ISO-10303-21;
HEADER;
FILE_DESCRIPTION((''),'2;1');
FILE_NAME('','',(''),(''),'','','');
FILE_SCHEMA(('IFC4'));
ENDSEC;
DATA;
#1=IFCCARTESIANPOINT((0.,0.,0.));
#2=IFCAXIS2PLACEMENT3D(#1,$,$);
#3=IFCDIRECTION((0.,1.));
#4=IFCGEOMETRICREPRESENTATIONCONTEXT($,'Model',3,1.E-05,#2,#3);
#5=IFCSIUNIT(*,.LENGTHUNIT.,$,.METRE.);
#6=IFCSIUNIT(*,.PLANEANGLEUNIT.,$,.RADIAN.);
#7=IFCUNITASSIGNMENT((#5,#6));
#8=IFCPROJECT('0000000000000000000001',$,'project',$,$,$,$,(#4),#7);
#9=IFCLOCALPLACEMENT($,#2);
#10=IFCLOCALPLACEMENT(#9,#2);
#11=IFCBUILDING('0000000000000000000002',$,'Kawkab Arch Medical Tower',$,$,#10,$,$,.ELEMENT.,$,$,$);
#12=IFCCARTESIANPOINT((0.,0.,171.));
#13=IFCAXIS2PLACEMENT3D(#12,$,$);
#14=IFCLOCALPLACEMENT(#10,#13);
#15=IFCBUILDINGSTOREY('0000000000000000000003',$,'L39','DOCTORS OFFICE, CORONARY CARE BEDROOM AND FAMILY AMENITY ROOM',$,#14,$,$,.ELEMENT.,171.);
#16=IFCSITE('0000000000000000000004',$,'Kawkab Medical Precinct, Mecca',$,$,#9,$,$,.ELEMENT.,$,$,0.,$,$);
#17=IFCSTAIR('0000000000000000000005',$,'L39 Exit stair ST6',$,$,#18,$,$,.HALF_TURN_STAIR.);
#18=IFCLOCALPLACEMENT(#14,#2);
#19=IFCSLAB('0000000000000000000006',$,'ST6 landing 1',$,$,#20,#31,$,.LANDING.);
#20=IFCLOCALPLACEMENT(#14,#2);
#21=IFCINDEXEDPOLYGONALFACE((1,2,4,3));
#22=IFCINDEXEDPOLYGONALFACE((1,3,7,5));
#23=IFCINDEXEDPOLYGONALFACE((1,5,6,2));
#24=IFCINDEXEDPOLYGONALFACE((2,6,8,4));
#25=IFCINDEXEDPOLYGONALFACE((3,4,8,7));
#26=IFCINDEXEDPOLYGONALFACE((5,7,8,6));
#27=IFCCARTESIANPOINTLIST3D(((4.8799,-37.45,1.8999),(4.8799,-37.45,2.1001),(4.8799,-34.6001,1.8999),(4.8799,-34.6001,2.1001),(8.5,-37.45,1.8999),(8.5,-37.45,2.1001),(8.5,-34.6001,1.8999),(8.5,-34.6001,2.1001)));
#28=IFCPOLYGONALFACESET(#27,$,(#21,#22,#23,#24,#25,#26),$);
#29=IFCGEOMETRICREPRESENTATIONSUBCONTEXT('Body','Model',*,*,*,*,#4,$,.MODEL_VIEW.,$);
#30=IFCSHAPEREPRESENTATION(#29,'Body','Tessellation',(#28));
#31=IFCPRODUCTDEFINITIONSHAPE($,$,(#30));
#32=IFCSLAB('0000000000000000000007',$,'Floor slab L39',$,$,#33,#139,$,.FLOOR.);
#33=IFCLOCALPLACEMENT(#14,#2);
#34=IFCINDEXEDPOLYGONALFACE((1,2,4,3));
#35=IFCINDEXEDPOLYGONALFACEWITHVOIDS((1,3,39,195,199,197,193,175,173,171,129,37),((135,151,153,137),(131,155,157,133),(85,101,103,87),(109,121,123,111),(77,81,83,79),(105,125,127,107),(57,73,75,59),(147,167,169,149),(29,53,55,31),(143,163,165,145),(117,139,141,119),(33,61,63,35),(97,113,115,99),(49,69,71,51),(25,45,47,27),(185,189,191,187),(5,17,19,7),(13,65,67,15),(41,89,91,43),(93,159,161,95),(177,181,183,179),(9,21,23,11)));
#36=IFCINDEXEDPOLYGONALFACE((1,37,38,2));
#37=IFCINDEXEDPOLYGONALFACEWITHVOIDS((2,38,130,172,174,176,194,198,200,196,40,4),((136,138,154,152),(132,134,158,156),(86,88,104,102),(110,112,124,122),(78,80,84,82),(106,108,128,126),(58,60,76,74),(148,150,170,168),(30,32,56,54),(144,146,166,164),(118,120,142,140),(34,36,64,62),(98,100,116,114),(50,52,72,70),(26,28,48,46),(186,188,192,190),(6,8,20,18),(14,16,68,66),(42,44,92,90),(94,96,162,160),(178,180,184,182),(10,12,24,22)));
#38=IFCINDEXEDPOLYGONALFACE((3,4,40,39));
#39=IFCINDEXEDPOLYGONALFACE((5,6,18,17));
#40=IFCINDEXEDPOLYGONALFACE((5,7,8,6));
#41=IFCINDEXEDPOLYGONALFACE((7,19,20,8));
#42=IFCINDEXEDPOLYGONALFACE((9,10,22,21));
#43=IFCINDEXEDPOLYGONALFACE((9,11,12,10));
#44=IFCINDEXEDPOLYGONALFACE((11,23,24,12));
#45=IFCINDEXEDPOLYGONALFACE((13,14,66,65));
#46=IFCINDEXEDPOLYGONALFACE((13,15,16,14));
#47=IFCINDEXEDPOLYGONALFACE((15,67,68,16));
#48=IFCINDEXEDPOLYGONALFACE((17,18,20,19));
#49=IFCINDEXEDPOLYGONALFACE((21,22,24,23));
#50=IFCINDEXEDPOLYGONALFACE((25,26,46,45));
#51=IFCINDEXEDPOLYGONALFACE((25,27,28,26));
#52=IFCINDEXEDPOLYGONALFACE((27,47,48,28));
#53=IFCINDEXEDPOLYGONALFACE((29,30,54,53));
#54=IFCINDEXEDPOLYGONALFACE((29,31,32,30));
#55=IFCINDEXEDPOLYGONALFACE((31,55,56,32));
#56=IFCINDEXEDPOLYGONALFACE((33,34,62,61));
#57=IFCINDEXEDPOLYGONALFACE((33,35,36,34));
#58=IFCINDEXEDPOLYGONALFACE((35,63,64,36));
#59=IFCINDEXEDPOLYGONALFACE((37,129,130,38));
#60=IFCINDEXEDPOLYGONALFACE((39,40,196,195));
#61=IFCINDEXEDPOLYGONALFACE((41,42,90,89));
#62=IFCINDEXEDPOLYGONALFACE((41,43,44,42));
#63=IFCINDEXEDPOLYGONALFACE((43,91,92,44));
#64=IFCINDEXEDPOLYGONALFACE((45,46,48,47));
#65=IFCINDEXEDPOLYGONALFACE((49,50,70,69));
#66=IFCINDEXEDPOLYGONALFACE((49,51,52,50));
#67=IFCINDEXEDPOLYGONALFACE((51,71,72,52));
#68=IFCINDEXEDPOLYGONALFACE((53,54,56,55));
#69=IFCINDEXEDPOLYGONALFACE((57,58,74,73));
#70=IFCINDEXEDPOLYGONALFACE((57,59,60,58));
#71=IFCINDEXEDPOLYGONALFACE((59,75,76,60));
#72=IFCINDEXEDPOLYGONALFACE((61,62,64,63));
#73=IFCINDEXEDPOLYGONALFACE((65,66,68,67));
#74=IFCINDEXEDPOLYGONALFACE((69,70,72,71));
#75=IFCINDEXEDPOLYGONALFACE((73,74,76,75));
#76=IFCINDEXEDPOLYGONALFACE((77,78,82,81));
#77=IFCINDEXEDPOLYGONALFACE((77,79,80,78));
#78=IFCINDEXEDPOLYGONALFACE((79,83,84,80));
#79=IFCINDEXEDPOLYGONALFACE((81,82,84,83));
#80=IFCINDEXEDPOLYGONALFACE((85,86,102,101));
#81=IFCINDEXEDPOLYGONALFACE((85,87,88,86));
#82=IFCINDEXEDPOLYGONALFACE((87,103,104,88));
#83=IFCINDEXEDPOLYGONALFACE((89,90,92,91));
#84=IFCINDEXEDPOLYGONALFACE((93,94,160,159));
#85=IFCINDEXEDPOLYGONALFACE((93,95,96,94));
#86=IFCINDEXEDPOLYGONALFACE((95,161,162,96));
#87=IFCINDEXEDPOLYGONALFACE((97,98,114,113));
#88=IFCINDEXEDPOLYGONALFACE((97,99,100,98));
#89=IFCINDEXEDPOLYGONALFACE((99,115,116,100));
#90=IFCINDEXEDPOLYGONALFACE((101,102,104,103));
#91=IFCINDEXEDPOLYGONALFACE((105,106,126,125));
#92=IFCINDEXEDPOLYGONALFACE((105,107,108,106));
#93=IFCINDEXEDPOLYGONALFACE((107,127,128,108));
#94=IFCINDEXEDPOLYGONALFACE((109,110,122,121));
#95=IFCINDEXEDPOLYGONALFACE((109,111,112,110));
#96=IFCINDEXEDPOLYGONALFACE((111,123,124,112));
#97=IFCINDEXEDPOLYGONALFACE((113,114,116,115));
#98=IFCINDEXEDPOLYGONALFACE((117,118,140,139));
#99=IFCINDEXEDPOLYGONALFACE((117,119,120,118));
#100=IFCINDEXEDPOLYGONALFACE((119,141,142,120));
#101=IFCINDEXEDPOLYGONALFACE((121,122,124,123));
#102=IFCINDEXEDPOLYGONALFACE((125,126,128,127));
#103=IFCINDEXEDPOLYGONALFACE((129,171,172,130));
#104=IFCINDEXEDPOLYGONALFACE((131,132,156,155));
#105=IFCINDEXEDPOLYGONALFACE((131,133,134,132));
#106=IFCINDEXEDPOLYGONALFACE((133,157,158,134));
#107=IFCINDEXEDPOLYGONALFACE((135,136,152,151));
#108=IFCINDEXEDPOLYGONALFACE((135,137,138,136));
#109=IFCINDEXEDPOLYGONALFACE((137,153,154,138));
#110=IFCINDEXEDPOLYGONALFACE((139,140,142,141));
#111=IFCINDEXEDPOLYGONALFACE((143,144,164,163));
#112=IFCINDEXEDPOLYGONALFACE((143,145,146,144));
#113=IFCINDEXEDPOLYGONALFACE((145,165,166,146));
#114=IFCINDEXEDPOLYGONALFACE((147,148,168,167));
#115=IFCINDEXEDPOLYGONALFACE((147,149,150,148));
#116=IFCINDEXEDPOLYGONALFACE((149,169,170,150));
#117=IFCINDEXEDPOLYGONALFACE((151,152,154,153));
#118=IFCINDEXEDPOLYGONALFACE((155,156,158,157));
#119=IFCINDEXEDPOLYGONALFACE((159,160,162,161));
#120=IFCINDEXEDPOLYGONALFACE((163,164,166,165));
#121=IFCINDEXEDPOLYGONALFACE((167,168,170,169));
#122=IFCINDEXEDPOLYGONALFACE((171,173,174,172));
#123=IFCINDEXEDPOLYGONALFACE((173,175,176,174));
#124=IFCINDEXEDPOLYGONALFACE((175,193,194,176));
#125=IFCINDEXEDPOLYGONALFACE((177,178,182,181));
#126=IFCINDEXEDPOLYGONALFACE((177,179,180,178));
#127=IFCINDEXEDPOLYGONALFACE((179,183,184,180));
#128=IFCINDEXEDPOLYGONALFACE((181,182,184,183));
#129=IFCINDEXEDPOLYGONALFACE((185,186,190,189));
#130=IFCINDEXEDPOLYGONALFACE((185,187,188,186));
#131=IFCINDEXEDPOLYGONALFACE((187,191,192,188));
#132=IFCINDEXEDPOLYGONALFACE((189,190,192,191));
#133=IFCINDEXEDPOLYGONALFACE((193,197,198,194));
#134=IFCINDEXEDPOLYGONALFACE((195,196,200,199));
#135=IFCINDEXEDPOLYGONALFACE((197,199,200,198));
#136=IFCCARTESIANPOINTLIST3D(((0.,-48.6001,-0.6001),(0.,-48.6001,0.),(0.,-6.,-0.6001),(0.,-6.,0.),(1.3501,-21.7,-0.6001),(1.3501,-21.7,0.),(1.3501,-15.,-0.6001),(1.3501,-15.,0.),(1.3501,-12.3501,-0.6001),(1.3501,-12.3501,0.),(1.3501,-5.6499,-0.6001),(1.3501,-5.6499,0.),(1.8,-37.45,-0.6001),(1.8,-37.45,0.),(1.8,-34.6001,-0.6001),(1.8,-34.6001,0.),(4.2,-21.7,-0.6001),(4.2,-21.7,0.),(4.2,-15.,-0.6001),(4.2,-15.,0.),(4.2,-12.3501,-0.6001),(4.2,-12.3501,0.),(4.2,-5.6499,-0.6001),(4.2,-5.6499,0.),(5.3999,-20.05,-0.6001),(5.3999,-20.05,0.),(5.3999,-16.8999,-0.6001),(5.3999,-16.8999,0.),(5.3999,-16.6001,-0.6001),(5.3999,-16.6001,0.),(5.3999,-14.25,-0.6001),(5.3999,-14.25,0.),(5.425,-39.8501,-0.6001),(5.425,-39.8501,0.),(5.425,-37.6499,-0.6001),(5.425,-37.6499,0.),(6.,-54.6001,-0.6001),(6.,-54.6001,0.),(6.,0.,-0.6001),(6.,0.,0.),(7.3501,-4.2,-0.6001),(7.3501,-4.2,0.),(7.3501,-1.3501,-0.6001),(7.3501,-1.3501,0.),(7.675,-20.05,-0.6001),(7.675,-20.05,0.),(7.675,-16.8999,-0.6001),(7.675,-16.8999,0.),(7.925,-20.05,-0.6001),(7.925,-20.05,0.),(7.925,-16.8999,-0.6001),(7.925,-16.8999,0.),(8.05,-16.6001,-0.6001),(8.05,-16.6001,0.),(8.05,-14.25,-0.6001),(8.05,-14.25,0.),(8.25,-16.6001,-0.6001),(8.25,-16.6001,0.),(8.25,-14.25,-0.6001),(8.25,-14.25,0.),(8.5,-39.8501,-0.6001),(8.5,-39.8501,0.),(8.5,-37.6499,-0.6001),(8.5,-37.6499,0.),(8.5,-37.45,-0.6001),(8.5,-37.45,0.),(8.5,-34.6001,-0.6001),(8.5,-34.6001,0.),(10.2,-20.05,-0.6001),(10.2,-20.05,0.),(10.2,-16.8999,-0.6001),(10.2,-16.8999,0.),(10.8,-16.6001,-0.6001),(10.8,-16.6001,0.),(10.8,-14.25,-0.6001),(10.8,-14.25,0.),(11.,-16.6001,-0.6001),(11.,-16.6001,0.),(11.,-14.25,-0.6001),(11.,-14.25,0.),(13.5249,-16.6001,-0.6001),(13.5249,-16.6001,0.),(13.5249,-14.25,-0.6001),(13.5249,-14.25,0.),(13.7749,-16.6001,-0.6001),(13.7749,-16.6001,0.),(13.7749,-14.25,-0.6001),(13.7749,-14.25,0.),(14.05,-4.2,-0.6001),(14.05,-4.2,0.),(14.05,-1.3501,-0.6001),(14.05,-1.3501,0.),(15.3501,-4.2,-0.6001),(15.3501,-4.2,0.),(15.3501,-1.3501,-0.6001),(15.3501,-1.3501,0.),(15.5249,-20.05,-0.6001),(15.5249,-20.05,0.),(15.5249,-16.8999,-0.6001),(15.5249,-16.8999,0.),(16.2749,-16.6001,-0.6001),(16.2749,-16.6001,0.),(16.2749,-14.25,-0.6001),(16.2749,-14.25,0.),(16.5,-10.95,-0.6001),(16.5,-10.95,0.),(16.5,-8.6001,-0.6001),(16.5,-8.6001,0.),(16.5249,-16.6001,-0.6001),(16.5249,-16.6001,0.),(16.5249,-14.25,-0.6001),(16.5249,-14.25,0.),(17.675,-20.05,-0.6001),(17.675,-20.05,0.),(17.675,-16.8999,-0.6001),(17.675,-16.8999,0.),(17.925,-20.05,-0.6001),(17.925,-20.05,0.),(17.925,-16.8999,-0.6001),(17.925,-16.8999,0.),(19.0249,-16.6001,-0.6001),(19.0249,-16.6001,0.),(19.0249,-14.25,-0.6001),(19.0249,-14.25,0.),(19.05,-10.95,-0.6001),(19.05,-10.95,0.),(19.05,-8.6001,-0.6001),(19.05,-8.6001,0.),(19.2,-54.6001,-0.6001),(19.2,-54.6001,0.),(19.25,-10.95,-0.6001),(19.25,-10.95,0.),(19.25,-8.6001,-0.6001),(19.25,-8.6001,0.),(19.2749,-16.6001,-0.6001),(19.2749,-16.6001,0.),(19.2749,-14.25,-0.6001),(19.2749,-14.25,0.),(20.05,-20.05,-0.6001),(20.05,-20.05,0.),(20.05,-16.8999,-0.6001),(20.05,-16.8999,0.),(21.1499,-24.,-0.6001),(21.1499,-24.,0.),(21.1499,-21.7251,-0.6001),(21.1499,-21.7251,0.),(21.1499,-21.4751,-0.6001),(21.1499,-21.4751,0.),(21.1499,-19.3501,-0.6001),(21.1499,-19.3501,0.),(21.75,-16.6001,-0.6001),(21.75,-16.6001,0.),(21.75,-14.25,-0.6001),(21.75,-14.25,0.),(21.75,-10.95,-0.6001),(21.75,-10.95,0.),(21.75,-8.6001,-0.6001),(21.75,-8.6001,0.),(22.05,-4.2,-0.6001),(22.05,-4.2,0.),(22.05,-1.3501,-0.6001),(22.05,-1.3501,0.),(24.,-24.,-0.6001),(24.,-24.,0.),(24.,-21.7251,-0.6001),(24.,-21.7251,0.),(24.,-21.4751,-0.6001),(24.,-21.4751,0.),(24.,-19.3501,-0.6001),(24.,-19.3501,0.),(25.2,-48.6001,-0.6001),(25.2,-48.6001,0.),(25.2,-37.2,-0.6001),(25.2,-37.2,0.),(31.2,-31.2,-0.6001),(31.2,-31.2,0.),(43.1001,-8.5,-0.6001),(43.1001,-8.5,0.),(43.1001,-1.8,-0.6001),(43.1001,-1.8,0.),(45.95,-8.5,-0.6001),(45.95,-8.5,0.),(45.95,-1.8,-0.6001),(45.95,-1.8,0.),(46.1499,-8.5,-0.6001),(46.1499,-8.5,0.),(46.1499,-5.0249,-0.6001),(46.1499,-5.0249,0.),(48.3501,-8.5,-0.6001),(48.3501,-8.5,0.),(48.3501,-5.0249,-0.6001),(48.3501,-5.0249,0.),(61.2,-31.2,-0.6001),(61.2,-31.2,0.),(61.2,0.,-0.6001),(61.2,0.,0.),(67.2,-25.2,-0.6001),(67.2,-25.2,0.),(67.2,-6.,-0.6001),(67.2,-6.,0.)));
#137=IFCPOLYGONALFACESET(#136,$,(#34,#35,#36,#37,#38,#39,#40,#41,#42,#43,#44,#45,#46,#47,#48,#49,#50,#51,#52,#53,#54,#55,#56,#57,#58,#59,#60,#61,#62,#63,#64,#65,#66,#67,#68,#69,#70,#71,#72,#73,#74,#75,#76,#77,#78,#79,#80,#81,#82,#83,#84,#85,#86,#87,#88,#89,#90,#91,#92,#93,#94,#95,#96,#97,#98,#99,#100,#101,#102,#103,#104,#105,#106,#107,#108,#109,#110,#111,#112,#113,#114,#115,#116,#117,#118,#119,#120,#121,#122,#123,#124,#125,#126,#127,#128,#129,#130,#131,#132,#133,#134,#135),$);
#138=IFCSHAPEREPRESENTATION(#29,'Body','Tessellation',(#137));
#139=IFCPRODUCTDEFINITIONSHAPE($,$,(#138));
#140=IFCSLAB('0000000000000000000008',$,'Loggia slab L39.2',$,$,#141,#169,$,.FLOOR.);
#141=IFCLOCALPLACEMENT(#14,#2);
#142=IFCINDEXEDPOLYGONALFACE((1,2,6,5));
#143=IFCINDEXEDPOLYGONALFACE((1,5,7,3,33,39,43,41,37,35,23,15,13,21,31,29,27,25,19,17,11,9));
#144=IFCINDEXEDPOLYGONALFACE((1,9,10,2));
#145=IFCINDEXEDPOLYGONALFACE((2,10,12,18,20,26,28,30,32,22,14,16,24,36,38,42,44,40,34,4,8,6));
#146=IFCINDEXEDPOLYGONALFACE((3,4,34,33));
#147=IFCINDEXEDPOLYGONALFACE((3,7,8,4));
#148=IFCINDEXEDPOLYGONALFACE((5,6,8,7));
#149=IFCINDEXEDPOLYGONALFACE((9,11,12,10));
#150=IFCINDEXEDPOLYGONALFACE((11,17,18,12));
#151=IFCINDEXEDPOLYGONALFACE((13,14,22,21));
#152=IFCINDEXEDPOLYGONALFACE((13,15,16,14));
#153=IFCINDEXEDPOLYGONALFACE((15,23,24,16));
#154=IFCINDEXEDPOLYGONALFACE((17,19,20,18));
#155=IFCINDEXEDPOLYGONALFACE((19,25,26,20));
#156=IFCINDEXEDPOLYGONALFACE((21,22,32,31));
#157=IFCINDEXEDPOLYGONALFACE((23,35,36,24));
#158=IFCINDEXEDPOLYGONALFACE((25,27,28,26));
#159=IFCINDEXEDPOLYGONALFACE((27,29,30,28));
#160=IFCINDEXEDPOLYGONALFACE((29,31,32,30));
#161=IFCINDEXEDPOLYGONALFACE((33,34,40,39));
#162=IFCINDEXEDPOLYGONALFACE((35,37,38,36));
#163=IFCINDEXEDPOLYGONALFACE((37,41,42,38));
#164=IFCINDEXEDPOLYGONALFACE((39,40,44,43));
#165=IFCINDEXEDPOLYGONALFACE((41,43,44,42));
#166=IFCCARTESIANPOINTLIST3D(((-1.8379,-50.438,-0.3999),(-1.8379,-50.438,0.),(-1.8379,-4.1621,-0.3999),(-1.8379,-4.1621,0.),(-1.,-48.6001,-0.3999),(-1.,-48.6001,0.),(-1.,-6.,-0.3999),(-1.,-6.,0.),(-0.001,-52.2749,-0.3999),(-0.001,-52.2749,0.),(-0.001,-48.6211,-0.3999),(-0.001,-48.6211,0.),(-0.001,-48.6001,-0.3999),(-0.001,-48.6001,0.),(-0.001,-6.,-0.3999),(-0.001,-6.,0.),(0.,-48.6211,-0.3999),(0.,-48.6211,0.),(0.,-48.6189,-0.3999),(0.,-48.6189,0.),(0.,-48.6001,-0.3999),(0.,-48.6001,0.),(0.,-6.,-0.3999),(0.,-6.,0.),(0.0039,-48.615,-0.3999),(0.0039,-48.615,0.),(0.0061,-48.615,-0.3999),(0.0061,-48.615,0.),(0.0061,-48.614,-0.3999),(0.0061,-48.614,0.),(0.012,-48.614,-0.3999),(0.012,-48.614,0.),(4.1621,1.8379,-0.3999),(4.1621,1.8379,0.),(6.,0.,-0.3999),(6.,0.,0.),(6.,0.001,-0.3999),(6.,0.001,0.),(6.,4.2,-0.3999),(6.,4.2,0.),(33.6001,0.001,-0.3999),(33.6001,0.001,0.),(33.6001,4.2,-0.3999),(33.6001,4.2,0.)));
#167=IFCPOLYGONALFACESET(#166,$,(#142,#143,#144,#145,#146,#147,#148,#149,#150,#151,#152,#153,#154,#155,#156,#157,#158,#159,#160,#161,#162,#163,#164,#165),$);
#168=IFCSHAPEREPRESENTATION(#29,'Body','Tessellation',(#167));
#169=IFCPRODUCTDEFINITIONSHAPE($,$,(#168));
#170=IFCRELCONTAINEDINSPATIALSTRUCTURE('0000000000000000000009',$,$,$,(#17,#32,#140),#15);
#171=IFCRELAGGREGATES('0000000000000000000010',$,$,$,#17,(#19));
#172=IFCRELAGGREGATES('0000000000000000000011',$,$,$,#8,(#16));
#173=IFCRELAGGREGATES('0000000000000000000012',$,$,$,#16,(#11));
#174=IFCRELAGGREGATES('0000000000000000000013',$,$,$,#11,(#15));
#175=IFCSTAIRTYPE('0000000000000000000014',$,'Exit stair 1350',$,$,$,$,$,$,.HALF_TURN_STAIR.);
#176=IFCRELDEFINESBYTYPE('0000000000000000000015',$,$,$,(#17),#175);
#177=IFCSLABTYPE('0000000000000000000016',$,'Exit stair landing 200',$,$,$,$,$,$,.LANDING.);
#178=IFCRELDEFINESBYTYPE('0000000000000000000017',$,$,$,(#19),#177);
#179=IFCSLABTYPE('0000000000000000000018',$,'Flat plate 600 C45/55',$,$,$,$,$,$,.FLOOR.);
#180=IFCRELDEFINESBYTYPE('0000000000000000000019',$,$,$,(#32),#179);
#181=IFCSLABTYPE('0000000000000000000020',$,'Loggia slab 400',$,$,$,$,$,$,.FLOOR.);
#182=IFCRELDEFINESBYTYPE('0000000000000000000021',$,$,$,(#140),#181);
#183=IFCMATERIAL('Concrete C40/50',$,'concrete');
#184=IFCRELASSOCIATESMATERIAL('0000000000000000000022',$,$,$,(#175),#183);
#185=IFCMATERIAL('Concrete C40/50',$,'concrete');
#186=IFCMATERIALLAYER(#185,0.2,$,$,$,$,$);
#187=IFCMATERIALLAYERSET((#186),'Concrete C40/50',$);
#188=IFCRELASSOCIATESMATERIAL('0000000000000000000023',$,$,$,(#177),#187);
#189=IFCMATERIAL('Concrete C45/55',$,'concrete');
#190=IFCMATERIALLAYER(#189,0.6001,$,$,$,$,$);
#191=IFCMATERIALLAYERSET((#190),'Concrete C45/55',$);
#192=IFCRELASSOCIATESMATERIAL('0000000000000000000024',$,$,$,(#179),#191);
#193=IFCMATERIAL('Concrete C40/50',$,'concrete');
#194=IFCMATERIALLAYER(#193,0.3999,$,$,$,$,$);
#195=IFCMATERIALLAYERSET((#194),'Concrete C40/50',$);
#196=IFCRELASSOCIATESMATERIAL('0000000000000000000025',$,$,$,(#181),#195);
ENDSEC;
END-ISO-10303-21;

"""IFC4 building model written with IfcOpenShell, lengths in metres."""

from ifc_helpers import new_model, si_unit, direction, frame, origin, place, context, subcontext, project, spatial, polyline, outline, extrude, material, layer, layer_set, type_object, element, aggregate, save


model = new_model("IFC4")

# Units and contexts
model_context = context("Model", 3, precision=1e-05, world=origin(), true_north=direction((0.0, 1.0)))
body_context = subcontext(model_context, "Body", "Model", "MODEL_VIEW")
ifc_project = project(units=[si_unit("LENGTHUNIT", "METRE"), si_unit("PLANEANGLEUNIT", "RADIAN")], contexts=[model_context])

# Site, building, storey
site_placement = place(None, origin())
site = spatial("IfcSite", under=ifc_project, at=site_placement, Name="Kawkab Medical Precinct, Mecca", CompositionType="ELEMENT", RefElevation=0.0)
building_placement = place(site_placement, origin())
building = spatial("IfcBuilding", under=site, at=building_placement, Name="Kawkab Arch Medical Tower", CompositionType="ELEMENT")
storey_placement = place(building_placement, frame((0.0, 0.0, 171.0)))
storey = spatial("IfcBuildingStorey", under=building, at=storey_placement, Name="L39", Description="DOCTORS OFFICE, CORONARY CARE BEDROOM AND FAMILY AMENITY ROOM", CompositionType="ELEMENT", Elevation=171.0)

# Shared definitions
placement_1 = place(storey_placement, origin())

# Stair, slab
ifc_material_1 = material(Name="Concrete C40/50", Category="concrete")
stair_type = type_object("IfcStairType", Name="Exit stair 1350", PredefinedType="HALF_TURN_STAIR", material=ifc_material_1)
ifc_material_2 = material(Name="Concrete C40/50", Category="concrete")
ifc_layer_1 = layer(ifc_material_2, 0.2)
ifc_layer_set_1 = layer_set([ifc_layer_1], Name="Concrete C40/50")
slab_type_1 = type_object("IfcSlabType", Name="Exit stair landing 200", PredefinedType="LANDING", material=ifc_layer_set_1)
placement_2 = place(storey_placement, frame((0.0, 0.0, 1.8999)))
stair_1 = element("IfcStair", 1, at=placement_1, inside=storey, type_object=stair_type, Name="L39 Exit stair ST6", PredefinedType="HALF_TURN_STAIR")
slab_1 = element("IfcSlab", 2, at=placement_2, type_object=slab_type_1, Name="ST6 landing 1", PredefinedType="LANDING", context=body_context, shape_type="SweptSolid", body=[
    extrude(outline(polyline([(4.8799, -37.45), (8.5, -37.45), (8.5, -34.6001), (4.8799, -34.6001), (4.8799, -37.45)])), origin(), (0.0, 0.0, 1.0), 0.2002),
])
aggregate(stair_1, [slab_1])

# Slabs
ifc_material_3 = material(Name="Concrete C45/55", Category="concrete")
ifc_layer_2 = layer(ifc_material_3, 0.6001)
ifc_layer_set_2 = layer_set([ifc_layer_2], Name="Concrete C45/55")
slab_type_2 = type_object("IfcSlabType", Name="Flat plate 600 C45/55", PredefinedType="FLOOR", material=ifc_layer_set_2)
slab_2_placement = place(storey_placement, frame((0.0, 0.0, -0.6001)))
element("IfcSlab", 3, at=slab_2_placement, inside=storey, type_object=slab_type_2, Name="Floor slab L39", PredefinedType="FLOOR", context=body_context, shape_type="SweptSolid", body=[
    extrude(outline(polyline([(6.0, 0.0), (61.2, 0.0), (67.2, -6.0), (67.2, -25.2), (61.2, -31.2), (31.2, -31.2), (25.2, -37.2), (25.2, -48.6001), (19.2, -54.6001), (6.0, -54.6001), (0.0, -48.6001), (0.0, -6.0), (6.0, 0.0)]), holes=[polyline([(5.425, -37.6499), (5.425, -39.8501), (8.5, -39.8501), (8.5, -37.6499), (5.425, -37.6499)]), polyline([(8.5, -37.45), (8.5, -34.6001), (1.8, -34.6001), (1.8, -37.45), (8.5, -37.45)]), polyline([(5.3999, -20.05), (7.675, -20.05), (7.675, -16.8999), (5.3999, -16.8999), (5.3999, -20.05)]), polyline([(10.2, -20.05), (10.2, -16.8999), (7.925, -16.8999), (7.925, -20.05), (10.2, -20.05)]), polyline([(4.2, -21.7), (4.2, -15.0), (1.3501, -15.0), (1.3501, -21.7), (4.2, -21.7)]), polyline([(5.3999, -16.6001), (8.05, -16.6001), (8.05, -14.25), (5.3999, -14.25), (5.3999, -16.6001)]), polyline([(8.25, -16.6001), (10.8, -16.6001), (10.8, -14.25), (8.25, -14.25), (8.25, -16.6001)]), polyline([(11.0, -14.25), (11.0, -16.6001), (13.5249, -16.6001), (13.5249, -14.25), (11.0, -14.25)]), polyline([(13.7749, -16.6001), (16.2749, -16.6001), (16.2749, -14.25), (13.7749, -14.25), (13.7749, -16.6001)]), polyline([(4.2, -12.3501), (4.2, -5.6499), (1.3501, -5.6499), (1.3501, -12.3501), (4.2, -12.3501)]), polyline([(7.3501, -4.2), (14.05, -4.2), (14.05, -1.3501), (7.3501, -1.3501), (7.3501, -4.2)]), polyline([(24.0, -21.7251), (21.1499, -21.7251), (21.1499, -24.0), (24.0, -24.0), (24.0, -21.7251)]), polyline([(24.0, -19.3501), (21.1499, -19.3501), (21.1499, -21.4751), (24.0, -21.4751), (24.0, -19.3501)]), polyline([(17.675, -16.8999), (15.5249, -16.8999), (15.5249, -20.05), (17.675, -20.05), (17.675, -16.8999)]), polyline([(20.05, -20.05), (20.05, -16.8999), (17.925, -16.8999), (17.925, -20.05), (20.05, -20.05)]), polyline([(19.0249, -16.6001), (19.0249, -14.25), (16.5249, -14.25), (16.5249, -16.6001), (19.0249, -16.6001)]), polyline([(21.75, -16.6001), (21.75, -14.25), (19.2749, -14.25), (19.2749, -16.6001), (21.75, -16.6001)]), polyline([(19.05, -8.6001), (16.5, -8.6001), (16.5, -10.95), (19.05, -10.95), (19.05, -8.6001)]), polyline([(21.75, -10.95), (21.75, -8.6001), (19.25, -8.6001), (19.25, -10.95), (21.75, -10.95)]), polyline([(46.1499, -8.5), (48.3501, -8.5), (48.3501, -5.0249), (46.1499, -5.0249), (46.1499, -8.5)]), polyline([(43.1001, -1.8), (43.1001, -8.5), (45.95, -8.5), (45.95, -1.8), (43.1001, -1.8)]), polyline([(22.05, -1.3501), (15.3501, -1.3501), (15.3501, -4.2), (22.05, -4.2), (22.05, -1.3501)])]), origin(), (0.0, 0.0, 1.0), 0.6001),
])
ifc_material_4 = material(Name="Concrete C40/50", Category="concrete")
ifc_layer_3 = layer(ifc_material_4, 0.3999)
ifc_layer_set_3 = layer_set([ifc_layer_3], Name="Concrete C40/50")
slab_type_3 = type_object("IfcSlabType", Name="Loggia slab 400", PredefinedType="FLOOR", material=ifc_layer_set_3)
placement_3 = place(storey_placement, frame((0.0, 0.0, -0.3999)))
element("IfcSlab", 4, at=placement_3, inside=storey, type_object=slab_type_3, Name="Loggia slab L39.2", PredefinedType="FLOOR", context=body_context, shape_type="SweptSolid", body=[
    extrude(outline(polyline([(-1.0, -48.6001), (-1.0, -6.0), (-1.8379, -4.1621), (4.1621, 1.8379), (6.0, 4.2), (33.6001, 4.2), (33.6001, 0.001), (6.0, 0.001), (6.0, 0.0), (0.0, -6.0), (-0.001, -6.0), (-0.001, -48.6001), (0.0, -48.6001), (0.012, -48.614), (0.0061, -48.614), (0.0061, -48.615), (0.0039, -48.615), (0.0, -48.6189), (0.0, -48.6211), (-0.001, -48.6211), (-0.001, -52.2749), (-1.8379, -50.438), (-1.0, -48.6001)])), origin(), (0.0, 0.0, 1.0), 0.3999),
])

save(model, "model.ifc")
